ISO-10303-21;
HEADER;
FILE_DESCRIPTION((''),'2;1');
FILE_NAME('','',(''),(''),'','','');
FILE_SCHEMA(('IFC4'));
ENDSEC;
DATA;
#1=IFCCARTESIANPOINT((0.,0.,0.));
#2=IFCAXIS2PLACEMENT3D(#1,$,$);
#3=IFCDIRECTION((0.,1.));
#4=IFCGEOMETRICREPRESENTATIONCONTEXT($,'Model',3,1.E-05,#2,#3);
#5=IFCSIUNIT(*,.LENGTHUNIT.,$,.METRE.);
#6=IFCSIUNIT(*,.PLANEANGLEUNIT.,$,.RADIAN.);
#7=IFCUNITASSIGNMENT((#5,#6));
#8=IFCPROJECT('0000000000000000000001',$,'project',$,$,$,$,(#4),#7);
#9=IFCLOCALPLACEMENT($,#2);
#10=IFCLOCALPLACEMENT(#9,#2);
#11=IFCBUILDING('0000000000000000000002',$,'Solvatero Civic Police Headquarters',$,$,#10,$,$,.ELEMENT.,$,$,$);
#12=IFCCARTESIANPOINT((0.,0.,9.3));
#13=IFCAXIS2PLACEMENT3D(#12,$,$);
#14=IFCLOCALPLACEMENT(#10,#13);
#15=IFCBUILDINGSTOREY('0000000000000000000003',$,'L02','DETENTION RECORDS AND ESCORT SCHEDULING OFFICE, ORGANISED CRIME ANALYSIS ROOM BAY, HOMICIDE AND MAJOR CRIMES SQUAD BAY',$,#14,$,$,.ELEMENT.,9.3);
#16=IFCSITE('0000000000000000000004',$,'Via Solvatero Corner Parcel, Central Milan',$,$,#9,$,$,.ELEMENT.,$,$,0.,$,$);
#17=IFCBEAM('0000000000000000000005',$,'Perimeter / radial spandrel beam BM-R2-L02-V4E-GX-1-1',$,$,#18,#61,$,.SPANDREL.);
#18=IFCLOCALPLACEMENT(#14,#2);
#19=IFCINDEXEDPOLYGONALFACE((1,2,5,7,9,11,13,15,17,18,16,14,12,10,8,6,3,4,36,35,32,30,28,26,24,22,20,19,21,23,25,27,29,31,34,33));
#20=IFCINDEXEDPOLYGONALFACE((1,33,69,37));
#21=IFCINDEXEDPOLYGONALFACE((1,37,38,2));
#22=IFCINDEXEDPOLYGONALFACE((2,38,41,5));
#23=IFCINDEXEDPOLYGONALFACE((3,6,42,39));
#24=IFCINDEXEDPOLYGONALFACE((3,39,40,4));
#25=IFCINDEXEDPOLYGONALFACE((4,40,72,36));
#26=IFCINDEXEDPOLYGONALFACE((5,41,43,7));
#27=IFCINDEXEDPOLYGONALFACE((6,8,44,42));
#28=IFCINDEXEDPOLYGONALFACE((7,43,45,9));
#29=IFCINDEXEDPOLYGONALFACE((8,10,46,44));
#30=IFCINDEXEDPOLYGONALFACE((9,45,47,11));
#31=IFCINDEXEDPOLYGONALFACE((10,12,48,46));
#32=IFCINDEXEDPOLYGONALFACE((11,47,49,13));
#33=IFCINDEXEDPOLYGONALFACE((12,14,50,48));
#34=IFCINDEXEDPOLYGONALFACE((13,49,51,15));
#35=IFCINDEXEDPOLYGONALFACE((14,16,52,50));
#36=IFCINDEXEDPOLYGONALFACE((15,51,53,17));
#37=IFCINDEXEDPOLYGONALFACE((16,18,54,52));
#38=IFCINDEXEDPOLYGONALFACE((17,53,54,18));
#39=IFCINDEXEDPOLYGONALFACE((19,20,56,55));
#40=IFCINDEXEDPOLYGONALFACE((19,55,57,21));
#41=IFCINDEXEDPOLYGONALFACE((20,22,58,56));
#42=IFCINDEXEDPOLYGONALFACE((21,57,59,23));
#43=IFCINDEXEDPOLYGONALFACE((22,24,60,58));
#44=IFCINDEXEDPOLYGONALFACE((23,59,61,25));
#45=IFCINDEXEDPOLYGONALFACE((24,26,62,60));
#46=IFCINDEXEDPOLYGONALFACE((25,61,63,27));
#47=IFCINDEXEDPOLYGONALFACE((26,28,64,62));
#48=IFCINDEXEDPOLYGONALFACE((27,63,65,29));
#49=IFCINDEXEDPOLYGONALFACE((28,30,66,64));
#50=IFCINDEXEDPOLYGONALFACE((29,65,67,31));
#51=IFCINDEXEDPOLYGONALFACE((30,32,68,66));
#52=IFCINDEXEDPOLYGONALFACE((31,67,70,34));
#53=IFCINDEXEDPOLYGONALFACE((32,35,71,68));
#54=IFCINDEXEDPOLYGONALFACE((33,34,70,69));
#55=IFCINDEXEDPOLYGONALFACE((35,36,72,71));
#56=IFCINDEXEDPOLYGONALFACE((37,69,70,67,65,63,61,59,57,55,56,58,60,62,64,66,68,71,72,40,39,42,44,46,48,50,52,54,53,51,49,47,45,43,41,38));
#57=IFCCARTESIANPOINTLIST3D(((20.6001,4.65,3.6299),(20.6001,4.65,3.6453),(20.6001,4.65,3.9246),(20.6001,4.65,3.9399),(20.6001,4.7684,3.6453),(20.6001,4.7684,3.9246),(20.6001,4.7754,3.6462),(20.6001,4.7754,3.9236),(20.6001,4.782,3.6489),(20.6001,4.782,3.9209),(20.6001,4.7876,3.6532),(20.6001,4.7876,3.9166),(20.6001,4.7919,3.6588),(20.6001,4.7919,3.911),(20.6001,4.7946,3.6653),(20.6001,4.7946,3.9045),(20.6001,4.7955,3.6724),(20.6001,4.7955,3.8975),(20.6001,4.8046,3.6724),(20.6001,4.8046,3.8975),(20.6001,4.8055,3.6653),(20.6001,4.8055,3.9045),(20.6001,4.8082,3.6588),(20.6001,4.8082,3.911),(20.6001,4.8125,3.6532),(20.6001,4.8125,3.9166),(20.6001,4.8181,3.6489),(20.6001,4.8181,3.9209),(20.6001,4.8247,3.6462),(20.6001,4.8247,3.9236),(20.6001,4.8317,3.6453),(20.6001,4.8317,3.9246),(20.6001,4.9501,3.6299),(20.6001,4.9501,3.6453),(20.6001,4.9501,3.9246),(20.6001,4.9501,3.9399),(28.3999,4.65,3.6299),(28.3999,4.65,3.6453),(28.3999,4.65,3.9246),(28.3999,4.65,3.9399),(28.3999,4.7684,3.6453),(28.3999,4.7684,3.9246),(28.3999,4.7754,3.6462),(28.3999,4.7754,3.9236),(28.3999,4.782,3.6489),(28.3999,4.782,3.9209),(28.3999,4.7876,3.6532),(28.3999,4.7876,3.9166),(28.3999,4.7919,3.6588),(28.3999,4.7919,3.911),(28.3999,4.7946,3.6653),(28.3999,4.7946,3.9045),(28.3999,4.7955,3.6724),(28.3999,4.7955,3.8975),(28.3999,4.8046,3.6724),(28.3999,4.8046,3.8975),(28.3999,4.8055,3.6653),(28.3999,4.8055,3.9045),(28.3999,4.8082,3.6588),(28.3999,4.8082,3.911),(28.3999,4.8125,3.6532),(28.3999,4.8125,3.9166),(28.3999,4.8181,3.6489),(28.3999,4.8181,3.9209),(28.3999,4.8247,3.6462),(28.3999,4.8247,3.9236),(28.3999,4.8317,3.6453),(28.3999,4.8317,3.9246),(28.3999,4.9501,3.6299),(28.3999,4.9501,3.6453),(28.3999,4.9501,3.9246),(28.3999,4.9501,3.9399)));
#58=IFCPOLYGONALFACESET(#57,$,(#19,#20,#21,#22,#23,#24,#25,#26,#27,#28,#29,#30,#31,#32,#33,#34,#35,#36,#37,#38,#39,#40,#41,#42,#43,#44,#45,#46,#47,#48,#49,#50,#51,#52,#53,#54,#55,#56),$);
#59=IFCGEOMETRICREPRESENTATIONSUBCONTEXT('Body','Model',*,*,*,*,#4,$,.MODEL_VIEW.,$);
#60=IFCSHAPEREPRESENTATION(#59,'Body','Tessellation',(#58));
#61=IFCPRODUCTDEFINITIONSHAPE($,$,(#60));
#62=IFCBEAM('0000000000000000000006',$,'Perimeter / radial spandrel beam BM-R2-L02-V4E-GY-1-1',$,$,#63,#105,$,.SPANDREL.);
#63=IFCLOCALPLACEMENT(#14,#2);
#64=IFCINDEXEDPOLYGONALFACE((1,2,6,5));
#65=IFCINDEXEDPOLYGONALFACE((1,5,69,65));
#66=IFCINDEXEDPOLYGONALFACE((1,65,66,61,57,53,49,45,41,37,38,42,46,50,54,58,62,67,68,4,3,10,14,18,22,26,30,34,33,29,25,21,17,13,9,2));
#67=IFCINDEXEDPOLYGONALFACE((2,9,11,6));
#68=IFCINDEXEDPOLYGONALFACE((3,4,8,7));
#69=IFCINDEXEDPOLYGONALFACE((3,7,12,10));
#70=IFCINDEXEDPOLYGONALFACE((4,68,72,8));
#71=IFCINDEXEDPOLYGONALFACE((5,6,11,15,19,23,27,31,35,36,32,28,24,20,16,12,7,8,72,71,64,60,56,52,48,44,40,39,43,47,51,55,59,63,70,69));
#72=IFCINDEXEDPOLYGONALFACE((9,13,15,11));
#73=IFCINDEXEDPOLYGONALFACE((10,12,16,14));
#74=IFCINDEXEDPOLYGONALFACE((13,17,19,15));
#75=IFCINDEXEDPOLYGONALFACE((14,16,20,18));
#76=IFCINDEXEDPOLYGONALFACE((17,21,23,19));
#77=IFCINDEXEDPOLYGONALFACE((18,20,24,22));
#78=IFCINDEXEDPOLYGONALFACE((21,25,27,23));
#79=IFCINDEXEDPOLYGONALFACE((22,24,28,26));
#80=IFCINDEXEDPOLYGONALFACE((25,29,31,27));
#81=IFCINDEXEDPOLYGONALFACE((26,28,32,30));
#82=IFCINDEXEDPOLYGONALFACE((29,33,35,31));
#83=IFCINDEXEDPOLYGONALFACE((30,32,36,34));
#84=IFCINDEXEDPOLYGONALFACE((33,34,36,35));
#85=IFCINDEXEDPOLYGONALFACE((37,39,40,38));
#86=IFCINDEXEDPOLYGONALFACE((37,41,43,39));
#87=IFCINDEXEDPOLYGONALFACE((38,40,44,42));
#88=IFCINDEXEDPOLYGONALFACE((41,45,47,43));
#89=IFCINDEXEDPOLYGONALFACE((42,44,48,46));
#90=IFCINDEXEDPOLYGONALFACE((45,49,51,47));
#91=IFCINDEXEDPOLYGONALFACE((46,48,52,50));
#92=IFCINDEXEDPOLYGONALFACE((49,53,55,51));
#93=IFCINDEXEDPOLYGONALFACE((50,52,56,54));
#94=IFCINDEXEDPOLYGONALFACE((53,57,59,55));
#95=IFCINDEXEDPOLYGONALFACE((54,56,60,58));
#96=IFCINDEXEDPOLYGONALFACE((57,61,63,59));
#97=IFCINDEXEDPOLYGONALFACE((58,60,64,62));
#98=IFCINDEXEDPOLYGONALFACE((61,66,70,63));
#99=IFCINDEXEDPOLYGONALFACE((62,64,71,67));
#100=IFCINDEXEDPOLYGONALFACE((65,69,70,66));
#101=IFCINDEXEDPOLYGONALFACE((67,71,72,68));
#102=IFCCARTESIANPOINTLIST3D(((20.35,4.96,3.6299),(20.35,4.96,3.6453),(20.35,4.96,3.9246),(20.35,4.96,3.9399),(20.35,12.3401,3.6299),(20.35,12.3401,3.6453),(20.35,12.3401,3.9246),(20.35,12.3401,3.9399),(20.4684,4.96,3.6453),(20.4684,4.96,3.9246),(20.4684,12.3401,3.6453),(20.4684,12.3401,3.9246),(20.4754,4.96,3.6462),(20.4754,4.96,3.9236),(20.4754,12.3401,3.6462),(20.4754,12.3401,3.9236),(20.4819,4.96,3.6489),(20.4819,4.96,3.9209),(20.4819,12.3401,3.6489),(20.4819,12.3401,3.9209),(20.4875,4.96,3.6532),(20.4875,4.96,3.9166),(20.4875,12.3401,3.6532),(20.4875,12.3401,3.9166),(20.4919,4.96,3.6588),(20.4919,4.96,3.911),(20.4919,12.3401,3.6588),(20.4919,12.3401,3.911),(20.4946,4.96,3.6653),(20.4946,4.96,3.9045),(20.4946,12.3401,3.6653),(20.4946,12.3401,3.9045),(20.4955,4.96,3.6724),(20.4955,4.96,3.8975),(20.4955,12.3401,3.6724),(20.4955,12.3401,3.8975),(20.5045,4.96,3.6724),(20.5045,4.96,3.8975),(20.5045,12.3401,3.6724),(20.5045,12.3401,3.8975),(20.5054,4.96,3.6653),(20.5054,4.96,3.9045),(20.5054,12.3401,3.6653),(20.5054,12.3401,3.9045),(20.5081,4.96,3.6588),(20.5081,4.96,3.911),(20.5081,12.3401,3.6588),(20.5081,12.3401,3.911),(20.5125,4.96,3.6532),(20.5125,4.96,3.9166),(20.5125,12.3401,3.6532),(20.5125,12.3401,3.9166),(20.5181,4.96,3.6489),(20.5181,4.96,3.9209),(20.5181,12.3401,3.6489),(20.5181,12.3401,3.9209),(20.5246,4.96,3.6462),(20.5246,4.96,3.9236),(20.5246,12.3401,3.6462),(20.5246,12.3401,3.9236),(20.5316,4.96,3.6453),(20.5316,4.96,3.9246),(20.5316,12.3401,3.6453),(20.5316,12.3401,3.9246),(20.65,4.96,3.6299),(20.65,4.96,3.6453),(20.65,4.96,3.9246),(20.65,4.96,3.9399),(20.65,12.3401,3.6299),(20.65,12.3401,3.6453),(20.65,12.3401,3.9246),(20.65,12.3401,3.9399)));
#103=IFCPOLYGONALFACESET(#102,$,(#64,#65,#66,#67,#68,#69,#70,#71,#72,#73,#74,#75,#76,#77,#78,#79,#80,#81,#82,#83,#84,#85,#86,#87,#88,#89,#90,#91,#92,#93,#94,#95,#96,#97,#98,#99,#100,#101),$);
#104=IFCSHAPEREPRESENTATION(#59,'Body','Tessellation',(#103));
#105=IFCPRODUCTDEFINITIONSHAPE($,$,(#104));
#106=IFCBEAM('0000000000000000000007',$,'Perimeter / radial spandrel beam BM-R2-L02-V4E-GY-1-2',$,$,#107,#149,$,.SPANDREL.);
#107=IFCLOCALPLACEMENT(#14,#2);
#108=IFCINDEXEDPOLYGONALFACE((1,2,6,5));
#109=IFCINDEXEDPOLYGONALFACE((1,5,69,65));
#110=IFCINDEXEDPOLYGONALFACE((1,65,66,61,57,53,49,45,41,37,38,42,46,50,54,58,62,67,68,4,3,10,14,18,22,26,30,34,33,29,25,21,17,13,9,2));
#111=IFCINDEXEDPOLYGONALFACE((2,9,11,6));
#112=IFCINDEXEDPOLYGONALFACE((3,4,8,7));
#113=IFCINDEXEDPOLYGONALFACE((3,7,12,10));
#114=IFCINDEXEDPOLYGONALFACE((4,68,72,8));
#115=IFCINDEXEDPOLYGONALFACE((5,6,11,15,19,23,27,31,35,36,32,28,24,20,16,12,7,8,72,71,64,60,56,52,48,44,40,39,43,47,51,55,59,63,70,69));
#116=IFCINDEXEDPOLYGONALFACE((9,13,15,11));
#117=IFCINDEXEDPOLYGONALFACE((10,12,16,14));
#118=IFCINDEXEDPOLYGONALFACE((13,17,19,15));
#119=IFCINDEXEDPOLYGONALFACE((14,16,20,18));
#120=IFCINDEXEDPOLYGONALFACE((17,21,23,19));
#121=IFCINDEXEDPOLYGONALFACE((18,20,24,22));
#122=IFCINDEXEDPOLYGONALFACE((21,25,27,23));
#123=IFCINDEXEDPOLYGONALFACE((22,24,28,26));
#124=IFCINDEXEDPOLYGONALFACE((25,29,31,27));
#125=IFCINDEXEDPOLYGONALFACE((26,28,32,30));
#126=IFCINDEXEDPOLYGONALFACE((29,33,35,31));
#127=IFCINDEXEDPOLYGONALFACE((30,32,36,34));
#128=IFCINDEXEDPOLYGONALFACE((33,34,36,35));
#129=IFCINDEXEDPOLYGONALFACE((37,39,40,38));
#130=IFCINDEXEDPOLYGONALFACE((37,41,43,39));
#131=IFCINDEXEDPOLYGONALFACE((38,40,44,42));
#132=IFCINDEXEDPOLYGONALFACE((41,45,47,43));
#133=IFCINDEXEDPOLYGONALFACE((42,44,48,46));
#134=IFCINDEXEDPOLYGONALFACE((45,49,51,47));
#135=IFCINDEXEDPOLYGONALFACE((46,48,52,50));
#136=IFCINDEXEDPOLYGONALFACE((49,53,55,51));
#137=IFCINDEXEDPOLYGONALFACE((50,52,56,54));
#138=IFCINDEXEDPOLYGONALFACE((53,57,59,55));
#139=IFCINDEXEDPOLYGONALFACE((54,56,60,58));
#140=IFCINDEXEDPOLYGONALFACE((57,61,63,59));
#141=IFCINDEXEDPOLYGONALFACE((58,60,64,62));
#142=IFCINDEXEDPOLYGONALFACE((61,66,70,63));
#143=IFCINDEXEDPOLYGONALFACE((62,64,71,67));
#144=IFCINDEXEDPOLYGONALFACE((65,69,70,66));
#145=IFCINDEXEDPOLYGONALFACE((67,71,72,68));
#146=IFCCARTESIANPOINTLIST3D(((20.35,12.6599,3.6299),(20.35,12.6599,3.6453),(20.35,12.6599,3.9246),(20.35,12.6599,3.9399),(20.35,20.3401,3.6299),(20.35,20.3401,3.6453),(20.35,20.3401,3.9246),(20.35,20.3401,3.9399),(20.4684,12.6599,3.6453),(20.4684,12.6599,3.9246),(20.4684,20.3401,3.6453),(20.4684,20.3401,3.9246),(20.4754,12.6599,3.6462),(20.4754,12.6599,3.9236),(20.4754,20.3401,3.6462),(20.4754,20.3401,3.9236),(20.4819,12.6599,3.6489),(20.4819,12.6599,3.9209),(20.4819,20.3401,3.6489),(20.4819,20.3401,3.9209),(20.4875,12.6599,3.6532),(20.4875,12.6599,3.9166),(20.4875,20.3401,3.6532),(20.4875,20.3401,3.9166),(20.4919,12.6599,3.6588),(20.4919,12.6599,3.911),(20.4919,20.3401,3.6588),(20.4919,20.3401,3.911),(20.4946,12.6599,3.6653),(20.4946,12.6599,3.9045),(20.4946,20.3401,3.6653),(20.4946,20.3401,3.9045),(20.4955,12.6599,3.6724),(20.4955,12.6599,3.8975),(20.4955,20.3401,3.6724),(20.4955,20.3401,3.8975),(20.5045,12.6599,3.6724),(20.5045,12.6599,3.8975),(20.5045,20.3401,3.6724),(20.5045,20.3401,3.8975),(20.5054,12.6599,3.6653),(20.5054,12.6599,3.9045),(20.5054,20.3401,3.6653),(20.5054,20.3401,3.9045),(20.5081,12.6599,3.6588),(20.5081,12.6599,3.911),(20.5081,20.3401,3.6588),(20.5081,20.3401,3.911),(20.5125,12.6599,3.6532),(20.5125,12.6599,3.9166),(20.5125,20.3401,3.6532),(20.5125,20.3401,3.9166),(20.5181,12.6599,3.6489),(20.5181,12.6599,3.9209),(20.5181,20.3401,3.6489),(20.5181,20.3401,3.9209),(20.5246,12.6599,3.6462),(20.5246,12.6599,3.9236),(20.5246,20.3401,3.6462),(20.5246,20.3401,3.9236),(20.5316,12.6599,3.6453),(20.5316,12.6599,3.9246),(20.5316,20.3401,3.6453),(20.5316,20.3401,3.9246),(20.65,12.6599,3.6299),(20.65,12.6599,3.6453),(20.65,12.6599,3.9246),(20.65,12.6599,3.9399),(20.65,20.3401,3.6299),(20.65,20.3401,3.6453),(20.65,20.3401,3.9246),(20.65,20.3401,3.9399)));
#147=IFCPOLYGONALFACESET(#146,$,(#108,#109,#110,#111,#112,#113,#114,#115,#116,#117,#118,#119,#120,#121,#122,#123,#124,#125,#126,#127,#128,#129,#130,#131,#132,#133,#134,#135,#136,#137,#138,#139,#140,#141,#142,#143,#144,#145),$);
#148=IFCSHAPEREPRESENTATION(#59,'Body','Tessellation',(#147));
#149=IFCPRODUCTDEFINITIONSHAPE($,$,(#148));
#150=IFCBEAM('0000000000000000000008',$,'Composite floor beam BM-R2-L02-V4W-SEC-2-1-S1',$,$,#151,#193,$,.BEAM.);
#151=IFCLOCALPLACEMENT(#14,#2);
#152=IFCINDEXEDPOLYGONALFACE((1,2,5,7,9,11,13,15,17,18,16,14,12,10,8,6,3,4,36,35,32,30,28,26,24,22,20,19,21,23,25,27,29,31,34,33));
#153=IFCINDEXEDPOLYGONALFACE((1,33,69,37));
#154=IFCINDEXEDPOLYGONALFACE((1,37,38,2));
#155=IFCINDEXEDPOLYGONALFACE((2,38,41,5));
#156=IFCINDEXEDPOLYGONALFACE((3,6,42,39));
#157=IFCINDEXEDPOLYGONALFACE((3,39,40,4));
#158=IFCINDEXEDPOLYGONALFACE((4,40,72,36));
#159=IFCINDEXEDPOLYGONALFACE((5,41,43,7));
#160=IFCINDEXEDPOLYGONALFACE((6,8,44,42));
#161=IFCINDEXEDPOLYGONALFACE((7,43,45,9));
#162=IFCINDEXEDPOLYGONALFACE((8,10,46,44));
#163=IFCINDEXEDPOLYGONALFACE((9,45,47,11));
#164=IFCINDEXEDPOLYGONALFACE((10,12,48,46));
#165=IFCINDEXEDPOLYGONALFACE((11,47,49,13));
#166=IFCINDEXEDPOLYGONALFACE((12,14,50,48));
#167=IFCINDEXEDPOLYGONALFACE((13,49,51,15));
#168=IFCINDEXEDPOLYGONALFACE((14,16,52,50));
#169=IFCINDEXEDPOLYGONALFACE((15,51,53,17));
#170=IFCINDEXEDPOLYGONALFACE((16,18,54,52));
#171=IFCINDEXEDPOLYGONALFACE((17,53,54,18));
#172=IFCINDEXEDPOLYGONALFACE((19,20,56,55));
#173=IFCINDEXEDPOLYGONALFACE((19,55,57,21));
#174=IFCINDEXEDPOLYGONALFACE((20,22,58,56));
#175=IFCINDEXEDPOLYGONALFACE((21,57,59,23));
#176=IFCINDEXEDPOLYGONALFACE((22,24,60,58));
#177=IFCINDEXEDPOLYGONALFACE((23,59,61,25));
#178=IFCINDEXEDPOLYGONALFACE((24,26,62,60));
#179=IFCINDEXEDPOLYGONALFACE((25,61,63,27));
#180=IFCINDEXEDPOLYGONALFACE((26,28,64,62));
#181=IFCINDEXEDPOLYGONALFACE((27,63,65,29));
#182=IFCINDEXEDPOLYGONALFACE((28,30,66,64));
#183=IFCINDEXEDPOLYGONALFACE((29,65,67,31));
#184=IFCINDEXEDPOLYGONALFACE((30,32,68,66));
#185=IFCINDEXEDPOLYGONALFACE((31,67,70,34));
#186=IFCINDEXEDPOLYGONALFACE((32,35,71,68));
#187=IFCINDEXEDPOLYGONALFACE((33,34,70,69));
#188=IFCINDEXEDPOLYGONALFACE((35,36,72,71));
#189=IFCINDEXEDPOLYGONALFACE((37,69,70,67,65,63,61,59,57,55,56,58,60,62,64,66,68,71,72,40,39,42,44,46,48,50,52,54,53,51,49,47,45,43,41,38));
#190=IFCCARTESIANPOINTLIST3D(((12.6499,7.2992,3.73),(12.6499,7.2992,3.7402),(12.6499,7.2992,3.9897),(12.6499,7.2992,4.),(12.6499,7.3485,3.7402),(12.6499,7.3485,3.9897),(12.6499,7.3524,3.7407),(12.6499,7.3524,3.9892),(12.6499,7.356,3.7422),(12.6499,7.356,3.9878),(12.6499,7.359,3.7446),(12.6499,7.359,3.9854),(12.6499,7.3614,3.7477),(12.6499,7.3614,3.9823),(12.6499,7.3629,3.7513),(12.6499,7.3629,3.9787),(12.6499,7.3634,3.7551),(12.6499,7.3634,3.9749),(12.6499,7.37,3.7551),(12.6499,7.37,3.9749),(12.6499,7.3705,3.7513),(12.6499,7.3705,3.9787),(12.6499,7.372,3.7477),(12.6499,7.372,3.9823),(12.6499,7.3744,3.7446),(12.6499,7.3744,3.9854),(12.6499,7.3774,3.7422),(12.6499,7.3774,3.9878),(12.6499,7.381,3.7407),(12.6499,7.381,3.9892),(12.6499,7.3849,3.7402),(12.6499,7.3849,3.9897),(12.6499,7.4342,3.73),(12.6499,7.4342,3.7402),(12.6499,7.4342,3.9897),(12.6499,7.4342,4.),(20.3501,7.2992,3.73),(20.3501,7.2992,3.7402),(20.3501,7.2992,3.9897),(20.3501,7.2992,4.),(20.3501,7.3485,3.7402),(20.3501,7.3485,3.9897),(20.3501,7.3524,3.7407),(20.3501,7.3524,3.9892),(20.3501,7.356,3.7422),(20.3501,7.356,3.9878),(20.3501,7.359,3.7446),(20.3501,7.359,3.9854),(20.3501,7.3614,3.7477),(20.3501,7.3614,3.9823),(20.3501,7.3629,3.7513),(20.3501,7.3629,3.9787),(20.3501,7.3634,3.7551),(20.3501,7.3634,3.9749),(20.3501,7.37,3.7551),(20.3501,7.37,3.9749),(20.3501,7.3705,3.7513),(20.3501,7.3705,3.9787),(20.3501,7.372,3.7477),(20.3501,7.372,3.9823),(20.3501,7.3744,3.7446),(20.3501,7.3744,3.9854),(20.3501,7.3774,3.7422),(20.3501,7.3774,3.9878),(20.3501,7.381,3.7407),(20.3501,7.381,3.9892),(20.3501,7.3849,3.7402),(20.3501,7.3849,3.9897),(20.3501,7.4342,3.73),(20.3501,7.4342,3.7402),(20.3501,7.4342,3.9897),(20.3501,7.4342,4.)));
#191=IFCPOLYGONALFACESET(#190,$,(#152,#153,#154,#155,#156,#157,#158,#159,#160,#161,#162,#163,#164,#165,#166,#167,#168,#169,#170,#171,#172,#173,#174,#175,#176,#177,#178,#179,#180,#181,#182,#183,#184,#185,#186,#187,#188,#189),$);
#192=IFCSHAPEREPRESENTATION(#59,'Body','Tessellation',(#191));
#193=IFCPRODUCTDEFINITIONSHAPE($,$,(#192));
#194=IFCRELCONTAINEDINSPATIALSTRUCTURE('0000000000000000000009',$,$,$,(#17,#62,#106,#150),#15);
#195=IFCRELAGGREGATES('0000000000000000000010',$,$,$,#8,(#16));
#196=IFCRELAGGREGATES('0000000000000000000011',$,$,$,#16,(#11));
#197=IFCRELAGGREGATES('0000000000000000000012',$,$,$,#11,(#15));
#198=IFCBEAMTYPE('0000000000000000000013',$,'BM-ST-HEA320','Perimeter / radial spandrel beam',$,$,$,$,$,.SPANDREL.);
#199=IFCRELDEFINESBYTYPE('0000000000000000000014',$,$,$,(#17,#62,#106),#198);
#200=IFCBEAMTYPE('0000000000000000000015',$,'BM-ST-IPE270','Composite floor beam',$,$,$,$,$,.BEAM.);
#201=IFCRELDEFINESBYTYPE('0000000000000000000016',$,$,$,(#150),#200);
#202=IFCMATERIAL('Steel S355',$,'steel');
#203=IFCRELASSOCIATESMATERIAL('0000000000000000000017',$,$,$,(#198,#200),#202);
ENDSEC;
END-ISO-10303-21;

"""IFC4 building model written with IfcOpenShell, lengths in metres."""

from ifc_helpers import new_model, si_unit, direction, frame, origin, origin_2d, place, context, subcontext, project, spatial, i_section, extrude, material, material_profile, profile_set, type_object, element, save


model = new_model("IFC4")

# Units and contexts
model_context = context("Model", 3, precision=1e-05, world=origin(), true_north=direction((0.0, 1.0)))
body_context = subcontext(model_context, "Body", "Model", "MODEL_VIEW")
ifc_project = project(units=[si_unit("LENGTHUNIT", "METRE"), si_unit("PLANEANGLEUNIT", "RADIAN")], contexts=[model_context])

# Site, building, storey
site_placement = place(None, origin())
site = spatial("IfcSite", under=ifc_project, at=site_placement, Name="Via Solvatero Corner Parcel, Central Milan", CompositionType="ELEMENT", RefElevation=0.0)
building_placement = place(site_placement, origin())
building = spatial("IfcBuilding", under=site, at=building_placement, Name="Solvatero Civic Police Headquarters", CompositionType="ELEMENT")
storey_placement = place(building_placement, frame((0.0, 0.0, 9.3)))
storey = spatial("IfcBuildingStorey", under=building, at=storey_placement, Name="L02", Description="DETENTION RECORDS AND ESCORT SCHEDULING OFFICE, ORGANISED CRIME ANALYSIS ROOM BAY, HOMICIDE AND MAJOR CRIMES SQUAD BAY", CompositionType="ELEMENT", Elevation=9.3)

# Shared definitions
ifc_material_1 = material(Name="Steel S355", Category="steel")

# Beams
ifc_material_profile_1 = material_profile(ifc_material_1, i_section(OverallWidth=0.3, OverallDepth=0.3101, WebThickness=0.009, FlangeThickness=0.0154, FilletRadius=0.0271, at=origin_2d()), Name="HEA 320")
ifc_profile_set_1 = profile_set([ifc_material_profile_1], Name="Steel S355")
beam_type_1 = type_object("IfcBeamType", Name="BM-ST-HEA320", Description="Perimeter / radial spandrel beam", PredefinedType="SPANDREL", material=ifc_profile_set_1)
beam_1_placement = place(storey_placement, frame((20.6001, 4.8, 3.7849), z_axis=(1.0, 0.0, 0.0), x_axis=(0.0, 1.0, 0.0)))
element("IfcBeam", 1, at=beam_1_placement, inside=storey, type_object=beam_type_1, Name="Perimeter / radial spandrel beam BM-R2-L02-V4E-GX-1-1", PredefinedType="SPANDREL", context=body_context, shape_type="SweptSolid", body=[
    extrude(i_section(OverallWidth=0.3, OverallDepth=0.3101, WebThickness=0.009, FlangeThickness=0.0154, FilletRadius=0.0271, at=origin_2d()), origin(), (0.0, 0.0, 1.0), 7.7998),
])
beam_2_placement = place(storey_placement, frame((20.5, 4.96, 3.7849), z_axis=(0.0, 1.0, 0.0), x_axis=(-1.0, 0.0, 0.0)))
element("IfcBeam", 2, at=beam_2_placement, inside=storey, type_object=beam_type_1, Name="Perimeter / radial spandrel beam BM-R2-L02-V4E-GY-1-1", PredefinedType="SPANDREL", context=body_context, shape_type="SweptSolid", body=[
    extrude(i_section(OverallWidth=0.3, OverallDepth=0.3101, WebThickness=0.009, FlangeThickness=0.0154, FilletRadius=0.0271, at=origin_2d()), origin(), (0.0, 0.0, 1.0), 7.3801),
])
beam_3_placement = place(storey_placement, frame((20.5, 12.6599, 3.7849), z_axis=(0.0, 1.0, 0.0), x_axis=(-1.0, 0.0, 0.0)))
element("IfcBeam", 3, at=beam_3_placement, inside=storey, type_object=beam_type_1, Name="Perimeter / radial spandrel beam BM-R2-L02-V4E-GY-1-2", PredefinedType="SPANDREL", context=body_context, shape_type="SweptSolid", body=[
    extrude(i_section(OverallWidth=0.3, OverallDepth=0.3101, WebThickness=0.009, FlangeThickness=0.0154, FilletRadius=0.0271, at=origin_2d()), origin(), (0.0, 0.0, 1.0), 7.6802),
])
ifc_material_profile_2 = material_profile(ifc_material_1, i_section(OverallWidth=0.135, OverallDepth=0.27, WebThickness=0.0066, FlangeThickness=0.0103, FilletRadius=0.0149, at=origin_2d()), Name="IPE 270")
ifc_profile_set_2 = profile_set([ifc_material_profile_2], Name="Steel S355")
beam_type_2 = type_object("IfcBeamType", Name="BM-ST-IPE270", Description="Composite floor beam", PredefinedType="BEAM", material=ifc_profile_set_2)
for number, where, z_axis, x_axis, name in (
    (4, (12.6499, 7.3667, 3.865), (1.0, 0.0, 0.0), (0.0, 1.0, 0.0), "Composite floor beam BM-R2-L02-V4W-SEC-2-1-S1"),
):
    element("IfcBeam", number, at=place(storey_placement, frame(where, z_axis=z_axis, x_axis=x_axis)), inside=storey, type_object=beam_type_2, Name=name, PredefinedType="BEAM", context=body_context, shape_type="SweptSolid", body=[
        extrude(i_section(OverallWidth=0.135, OverallDepth=0.27, WebThickness=0.0066, FlangeThickness=0.0103, FilletRadius=0.0149, at=origin_2d()), origin(), (0.0, 0.0, 1.0), 7.7002),
    ])

save(model, "model.ifc")
